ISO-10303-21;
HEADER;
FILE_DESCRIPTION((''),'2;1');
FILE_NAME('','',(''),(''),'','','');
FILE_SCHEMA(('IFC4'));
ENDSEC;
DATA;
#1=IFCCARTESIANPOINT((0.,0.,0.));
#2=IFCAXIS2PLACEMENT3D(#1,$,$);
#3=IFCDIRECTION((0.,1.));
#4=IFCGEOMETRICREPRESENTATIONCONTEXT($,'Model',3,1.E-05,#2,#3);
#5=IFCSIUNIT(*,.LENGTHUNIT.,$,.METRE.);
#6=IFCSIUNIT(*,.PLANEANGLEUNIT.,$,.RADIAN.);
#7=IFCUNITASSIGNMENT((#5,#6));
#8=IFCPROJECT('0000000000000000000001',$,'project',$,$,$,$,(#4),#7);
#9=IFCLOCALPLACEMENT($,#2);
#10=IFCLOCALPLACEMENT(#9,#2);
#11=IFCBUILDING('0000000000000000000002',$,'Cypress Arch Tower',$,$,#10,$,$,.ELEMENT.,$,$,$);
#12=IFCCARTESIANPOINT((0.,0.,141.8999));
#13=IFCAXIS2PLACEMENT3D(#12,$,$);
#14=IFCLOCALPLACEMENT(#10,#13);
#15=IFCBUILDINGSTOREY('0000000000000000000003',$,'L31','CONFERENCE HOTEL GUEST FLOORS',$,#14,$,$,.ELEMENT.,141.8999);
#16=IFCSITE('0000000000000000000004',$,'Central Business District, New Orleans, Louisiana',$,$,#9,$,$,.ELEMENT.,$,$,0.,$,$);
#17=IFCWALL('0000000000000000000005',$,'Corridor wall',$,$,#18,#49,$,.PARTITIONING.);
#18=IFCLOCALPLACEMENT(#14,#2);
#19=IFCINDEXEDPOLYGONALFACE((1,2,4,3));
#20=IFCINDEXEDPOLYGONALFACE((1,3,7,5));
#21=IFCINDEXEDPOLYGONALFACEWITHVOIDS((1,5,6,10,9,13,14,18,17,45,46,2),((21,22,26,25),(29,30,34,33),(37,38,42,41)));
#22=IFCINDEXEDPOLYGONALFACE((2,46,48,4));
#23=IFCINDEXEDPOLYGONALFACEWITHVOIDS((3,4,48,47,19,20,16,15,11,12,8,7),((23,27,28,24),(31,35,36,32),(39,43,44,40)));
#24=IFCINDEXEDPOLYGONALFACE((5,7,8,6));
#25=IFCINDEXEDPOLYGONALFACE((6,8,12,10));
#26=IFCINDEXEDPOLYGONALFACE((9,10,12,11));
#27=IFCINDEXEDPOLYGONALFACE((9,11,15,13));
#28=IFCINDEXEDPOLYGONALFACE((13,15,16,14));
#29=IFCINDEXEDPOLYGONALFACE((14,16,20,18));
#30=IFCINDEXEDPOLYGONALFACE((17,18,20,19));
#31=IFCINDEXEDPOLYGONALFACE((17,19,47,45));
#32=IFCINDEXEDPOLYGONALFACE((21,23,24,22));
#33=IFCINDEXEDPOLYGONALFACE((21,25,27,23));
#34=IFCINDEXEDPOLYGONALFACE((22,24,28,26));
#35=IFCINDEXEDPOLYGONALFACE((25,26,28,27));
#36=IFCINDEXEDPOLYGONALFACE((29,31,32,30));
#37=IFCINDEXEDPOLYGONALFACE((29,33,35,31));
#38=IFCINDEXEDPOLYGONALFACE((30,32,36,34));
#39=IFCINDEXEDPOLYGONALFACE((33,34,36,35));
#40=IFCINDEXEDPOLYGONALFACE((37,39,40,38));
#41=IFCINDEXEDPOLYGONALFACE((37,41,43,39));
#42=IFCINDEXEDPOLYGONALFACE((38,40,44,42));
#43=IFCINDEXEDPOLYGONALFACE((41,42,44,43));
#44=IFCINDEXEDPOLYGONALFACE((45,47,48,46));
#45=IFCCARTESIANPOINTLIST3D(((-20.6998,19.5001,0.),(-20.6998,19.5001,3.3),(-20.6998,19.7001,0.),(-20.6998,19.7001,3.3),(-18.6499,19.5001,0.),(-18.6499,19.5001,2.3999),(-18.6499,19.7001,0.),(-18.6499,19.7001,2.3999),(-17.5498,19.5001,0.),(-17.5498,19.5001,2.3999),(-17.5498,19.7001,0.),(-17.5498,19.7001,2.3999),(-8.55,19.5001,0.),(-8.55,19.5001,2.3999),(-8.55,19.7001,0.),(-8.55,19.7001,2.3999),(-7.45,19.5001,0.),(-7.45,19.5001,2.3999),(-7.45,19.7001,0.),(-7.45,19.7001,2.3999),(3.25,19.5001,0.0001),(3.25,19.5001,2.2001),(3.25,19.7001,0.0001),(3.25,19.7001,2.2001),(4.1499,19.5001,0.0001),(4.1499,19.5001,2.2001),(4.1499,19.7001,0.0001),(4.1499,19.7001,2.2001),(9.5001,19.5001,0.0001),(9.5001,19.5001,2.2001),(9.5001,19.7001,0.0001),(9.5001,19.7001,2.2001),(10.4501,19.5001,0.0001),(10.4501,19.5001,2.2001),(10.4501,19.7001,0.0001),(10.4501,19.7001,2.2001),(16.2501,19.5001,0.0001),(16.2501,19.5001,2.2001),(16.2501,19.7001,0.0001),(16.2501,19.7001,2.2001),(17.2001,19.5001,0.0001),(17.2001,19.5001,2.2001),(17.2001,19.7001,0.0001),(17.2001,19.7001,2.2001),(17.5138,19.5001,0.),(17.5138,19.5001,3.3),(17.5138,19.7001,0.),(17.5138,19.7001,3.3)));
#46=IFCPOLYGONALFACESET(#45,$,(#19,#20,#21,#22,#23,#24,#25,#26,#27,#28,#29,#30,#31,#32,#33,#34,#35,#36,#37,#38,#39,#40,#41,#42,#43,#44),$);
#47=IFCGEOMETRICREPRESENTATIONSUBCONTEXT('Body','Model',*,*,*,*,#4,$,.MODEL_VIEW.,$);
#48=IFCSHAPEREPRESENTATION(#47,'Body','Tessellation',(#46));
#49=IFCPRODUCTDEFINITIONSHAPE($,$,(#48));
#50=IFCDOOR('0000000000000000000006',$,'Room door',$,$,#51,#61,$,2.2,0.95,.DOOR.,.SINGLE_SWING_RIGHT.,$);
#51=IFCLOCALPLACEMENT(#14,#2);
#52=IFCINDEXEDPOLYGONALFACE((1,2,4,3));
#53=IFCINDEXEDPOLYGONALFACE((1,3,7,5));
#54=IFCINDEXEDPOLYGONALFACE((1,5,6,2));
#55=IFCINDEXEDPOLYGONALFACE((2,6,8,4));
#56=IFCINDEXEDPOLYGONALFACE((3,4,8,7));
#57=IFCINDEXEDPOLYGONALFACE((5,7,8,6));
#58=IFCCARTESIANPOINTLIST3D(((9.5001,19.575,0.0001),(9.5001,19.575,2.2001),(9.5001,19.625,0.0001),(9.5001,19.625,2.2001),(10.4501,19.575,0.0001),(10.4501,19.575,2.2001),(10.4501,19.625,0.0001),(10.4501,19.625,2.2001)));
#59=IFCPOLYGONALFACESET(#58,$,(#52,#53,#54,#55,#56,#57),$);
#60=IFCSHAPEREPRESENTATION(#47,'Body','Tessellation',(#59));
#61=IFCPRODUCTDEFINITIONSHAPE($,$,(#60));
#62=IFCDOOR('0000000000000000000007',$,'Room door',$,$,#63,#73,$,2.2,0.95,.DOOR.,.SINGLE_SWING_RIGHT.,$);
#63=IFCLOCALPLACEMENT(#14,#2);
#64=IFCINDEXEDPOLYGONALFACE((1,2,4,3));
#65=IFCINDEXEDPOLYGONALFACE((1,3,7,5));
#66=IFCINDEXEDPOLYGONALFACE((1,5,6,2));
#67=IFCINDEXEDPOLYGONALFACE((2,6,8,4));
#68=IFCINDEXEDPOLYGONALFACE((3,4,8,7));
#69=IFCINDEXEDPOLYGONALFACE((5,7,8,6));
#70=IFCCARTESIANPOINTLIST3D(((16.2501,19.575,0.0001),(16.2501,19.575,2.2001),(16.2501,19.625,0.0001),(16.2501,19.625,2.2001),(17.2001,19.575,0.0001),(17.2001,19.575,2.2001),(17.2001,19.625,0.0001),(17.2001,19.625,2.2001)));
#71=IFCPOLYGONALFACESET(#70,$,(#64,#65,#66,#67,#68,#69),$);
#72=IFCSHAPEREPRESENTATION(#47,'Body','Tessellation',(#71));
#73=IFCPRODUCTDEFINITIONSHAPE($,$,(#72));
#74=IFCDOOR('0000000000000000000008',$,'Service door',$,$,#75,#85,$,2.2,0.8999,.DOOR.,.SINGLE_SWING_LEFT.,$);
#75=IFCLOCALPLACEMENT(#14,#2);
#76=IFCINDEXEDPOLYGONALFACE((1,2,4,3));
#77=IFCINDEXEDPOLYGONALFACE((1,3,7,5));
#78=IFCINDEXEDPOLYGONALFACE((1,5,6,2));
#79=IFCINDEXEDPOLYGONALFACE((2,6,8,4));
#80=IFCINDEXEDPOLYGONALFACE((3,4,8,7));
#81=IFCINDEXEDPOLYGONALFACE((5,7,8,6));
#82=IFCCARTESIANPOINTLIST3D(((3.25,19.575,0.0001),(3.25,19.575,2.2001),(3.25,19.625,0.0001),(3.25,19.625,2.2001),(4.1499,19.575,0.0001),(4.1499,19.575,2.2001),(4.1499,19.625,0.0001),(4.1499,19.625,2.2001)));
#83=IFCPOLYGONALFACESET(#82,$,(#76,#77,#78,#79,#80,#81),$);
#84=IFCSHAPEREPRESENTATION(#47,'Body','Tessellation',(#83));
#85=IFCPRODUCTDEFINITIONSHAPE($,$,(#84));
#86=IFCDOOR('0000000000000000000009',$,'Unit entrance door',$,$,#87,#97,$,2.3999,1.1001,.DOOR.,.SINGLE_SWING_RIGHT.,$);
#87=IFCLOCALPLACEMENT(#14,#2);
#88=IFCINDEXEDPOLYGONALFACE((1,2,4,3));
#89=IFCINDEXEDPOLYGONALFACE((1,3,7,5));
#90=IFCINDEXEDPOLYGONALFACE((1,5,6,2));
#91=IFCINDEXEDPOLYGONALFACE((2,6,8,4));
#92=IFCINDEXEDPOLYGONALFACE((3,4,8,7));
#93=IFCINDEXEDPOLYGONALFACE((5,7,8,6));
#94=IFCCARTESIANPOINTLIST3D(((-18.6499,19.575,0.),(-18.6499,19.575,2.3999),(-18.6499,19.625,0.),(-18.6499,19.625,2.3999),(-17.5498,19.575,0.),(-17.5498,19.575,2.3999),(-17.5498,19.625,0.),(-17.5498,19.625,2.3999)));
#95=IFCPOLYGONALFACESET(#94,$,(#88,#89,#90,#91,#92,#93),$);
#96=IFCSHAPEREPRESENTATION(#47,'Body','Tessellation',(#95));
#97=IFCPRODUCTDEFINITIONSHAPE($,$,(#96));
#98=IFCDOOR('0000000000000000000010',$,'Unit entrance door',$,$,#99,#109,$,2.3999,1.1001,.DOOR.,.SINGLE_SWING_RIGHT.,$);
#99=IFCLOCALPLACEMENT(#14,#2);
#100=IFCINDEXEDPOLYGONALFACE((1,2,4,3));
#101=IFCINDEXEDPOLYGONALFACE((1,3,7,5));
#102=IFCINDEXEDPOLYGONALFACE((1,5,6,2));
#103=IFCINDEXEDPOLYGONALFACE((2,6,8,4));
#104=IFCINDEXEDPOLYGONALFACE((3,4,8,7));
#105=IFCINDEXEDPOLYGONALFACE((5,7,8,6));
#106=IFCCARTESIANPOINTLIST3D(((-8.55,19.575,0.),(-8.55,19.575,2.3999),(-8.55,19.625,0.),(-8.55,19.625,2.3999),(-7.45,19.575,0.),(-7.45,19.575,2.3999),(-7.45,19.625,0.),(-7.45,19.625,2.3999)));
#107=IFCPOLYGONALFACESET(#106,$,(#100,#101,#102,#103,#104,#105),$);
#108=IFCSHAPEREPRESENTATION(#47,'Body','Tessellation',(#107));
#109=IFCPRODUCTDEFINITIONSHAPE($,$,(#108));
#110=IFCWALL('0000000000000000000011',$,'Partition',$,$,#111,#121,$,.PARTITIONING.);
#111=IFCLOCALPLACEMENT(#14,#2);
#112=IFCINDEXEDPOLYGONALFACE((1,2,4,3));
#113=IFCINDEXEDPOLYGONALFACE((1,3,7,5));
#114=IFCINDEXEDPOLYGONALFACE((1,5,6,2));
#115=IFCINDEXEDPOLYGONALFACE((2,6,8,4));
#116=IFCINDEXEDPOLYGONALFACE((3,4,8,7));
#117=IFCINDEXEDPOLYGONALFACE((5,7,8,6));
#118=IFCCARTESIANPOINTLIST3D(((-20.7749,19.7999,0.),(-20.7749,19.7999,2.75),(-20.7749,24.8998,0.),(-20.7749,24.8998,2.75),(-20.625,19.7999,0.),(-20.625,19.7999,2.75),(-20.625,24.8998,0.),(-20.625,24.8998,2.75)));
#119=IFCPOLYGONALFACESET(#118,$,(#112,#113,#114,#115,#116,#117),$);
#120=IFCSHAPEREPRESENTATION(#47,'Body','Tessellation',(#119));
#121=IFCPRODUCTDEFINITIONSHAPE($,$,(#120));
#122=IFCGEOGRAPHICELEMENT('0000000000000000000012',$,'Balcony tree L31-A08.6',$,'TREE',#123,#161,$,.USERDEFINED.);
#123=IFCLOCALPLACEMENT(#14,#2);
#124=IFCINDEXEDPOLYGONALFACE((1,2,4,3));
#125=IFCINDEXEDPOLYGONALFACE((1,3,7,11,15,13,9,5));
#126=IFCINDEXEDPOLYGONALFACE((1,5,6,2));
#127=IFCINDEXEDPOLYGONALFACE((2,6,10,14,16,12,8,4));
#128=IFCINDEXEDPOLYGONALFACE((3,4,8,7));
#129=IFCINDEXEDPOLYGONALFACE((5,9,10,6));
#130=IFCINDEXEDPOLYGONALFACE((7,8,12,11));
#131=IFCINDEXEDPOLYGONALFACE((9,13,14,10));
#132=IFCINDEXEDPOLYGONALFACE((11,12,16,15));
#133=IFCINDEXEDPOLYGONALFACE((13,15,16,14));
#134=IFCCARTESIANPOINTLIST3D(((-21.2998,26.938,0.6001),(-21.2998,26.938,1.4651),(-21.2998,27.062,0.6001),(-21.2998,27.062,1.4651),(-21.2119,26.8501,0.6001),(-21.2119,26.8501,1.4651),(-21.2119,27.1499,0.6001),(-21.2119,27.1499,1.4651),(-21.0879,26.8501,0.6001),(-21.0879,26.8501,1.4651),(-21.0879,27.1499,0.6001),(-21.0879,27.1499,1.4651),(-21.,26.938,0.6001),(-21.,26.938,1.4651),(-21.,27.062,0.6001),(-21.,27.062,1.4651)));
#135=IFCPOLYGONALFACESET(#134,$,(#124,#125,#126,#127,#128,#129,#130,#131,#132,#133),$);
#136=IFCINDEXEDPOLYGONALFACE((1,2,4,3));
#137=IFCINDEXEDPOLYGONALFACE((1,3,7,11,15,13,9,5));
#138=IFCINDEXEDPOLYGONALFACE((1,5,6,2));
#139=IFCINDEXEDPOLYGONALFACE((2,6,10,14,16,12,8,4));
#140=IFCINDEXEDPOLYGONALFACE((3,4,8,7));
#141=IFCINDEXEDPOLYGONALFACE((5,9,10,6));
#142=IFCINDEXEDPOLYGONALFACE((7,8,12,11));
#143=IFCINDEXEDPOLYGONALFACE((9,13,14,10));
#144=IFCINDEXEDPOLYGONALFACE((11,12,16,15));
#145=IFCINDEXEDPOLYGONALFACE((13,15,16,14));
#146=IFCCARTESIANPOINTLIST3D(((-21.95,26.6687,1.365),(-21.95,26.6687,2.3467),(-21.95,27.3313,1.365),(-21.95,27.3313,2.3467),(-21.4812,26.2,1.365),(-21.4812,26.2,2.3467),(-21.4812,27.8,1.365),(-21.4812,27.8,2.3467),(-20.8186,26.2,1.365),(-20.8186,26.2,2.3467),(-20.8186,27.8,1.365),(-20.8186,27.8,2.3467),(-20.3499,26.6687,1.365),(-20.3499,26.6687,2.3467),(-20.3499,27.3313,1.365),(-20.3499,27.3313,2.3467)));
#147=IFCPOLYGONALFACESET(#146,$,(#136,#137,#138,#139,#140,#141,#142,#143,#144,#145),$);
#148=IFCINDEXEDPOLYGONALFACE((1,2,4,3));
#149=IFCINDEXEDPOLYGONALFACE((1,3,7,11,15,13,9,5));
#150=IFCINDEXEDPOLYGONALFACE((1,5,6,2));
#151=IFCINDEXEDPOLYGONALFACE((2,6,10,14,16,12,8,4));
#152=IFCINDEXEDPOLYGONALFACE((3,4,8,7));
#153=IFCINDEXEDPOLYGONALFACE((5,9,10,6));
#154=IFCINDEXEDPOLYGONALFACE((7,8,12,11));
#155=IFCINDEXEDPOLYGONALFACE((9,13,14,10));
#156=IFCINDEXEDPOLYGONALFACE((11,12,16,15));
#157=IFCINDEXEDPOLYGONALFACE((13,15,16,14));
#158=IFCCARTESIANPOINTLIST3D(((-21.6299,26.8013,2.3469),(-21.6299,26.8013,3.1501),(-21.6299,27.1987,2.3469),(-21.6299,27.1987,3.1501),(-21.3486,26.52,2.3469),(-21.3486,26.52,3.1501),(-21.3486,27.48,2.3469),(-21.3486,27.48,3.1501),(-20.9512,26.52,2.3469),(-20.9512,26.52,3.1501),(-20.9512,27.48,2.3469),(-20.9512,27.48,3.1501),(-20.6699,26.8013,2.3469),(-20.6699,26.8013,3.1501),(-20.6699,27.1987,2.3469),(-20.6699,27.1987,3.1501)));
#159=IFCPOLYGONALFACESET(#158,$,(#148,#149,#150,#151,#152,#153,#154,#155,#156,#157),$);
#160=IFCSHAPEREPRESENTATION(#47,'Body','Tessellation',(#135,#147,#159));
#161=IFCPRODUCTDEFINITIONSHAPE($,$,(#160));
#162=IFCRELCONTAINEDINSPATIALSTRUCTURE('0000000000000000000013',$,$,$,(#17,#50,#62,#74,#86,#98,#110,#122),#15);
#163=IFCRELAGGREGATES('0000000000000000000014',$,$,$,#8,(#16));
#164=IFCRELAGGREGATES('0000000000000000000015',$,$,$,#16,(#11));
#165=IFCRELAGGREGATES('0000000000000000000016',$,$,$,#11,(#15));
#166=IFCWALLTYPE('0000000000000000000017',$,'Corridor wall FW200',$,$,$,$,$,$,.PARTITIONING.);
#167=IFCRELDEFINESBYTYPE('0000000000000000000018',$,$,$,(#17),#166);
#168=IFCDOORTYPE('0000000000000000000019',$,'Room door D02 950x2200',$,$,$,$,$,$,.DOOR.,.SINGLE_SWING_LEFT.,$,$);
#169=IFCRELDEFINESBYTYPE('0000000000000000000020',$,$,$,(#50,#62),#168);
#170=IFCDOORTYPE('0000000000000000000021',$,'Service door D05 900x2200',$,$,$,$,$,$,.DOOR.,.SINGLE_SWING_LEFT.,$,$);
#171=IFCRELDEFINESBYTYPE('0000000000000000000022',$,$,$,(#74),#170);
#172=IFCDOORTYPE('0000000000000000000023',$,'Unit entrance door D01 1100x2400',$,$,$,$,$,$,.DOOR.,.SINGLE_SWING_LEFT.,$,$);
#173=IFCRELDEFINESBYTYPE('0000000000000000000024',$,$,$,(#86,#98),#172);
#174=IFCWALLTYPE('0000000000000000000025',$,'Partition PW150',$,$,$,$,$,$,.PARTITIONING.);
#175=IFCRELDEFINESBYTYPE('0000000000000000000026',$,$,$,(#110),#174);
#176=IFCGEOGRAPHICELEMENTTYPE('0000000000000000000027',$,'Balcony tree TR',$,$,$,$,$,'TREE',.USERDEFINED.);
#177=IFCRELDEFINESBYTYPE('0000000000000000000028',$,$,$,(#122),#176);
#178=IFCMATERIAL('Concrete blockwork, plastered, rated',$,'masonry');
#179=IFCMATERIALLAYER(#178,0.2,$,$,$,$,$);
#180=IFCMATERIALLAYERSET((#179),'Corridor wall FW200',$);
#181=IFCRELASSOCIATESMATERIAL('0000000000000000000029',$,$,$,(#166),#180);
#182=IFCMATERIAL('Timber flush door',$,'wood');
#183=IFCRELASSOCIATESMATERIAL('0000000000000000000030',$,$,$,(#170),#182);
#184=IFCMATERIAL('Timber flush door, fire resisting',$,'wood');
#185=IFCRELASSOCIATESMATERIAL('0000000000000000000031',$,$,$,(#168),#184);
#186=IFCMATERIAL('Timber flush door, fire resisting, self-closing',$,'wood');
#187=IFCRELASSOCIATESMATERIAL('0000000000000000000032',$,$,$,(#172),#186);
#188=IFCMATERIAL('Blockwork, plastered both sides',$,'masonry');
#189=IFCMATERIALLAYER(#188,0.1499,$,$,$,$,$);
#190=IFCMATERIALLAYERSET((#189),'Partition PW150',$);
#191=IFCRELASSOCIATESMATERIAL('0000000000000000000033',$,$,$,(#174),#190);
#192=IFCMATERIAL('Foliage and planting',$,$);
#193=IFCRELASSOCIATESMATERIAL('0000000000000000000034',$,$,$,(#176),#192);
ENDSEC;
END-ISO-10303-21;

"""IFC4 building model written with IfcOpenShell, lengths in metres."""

from ifc_helpers import new_model, si_unit, direction, frame, frame_2d, origin, place, context, subcontext, project, spatial, polyline, rectangle, outline, extrude, material, layer, layer_set, type_object, element, fill, save


model = new_model("IFC4")

# Units and contexts
model_context = context("Model", 3, precision=1e-05, world=origin(), true_north=direction((0.0, 1.0)))
body_context = subcontext(model_context, "Body", "Model", "MODEL_VIEW")
ifc_project = project(units=[si_unit("LENGTHUNIT", "METRE"), si_unit("PLANEANGLEUNIT", "RADIAN")], contexts=[model_context])

# Site, building, storey
site_placement = place(None, origin())
site = spatial("IfcSite", under=ifc_project, at=site_placement, Name="Central Business District, New Orleans, Louisiana", CompositionType="ELEMENT", RefElevation=0.0)
building_placement = place(site_placement, origin())
building = spatial("IfcBuilding", under=site, at=building_placement, Name="Cypress Arch Tower", CompositionType="ELEMENT")
storey_placement = place(building_placement, frame((0.0, 0.0, 141.8999)))
storey = spatial("IfcBuildingStorey", under=building, at=storey_placement, Name="L31", Description="CONFERENCE HOTEL GUEST FLOORS", CompositionType="ELEMENT", Elevation=141.8999)

# Shared definitions
ifc_material_1 = material(Name="Concrete blockwork, plastered, rated", Category="masonry")
ifc_layer_1 = layer(ifc_material_1, 0.2)
ifc_layer_set_1 = layer_set([ifc_layer_1], Name="Corridor wall FW200")
wall_type_1 = type_object("IfcWallType", Name="Corridor wall FW200", PredefinedType="PARTITIONING", material=ifc_layer_set_1)
ifc_material_2 = material(Name="Timber flush door", Category="wood")
door_type_1 = type_object("IfcDoorType", Name="Service door D05 900x2200", OperationType="SINGLE_SWING_LEFT", PredefinedType="DOOR", material=ifc_material_2)

# Wall, openings, doors
wall_1_placement = place(storey_placement, frame((-20.7, 19.6001, 0.0), z_axis=(0.0, 0.0, 1.0), x_axis=(1.0, 0.0, 0.0)))
wall_1 = element("IfcWall", 1, at=wall_1_placement, inside=storey, type_object=wall_type_1, Name="Corridor wall", PredefinedType="PARTITIONING", context=body_context, shape_type="SweptSolid", body=[
    extrude(rectangle(XDim=38.2136, YDim=0.2, at=frame_2d((19.1069, 0.0))), origin(), (0.0, 0.0, 1.0), 3.3),
])
opening_1_placement = place(wall_1_placement, frame((23.95, 0.0, 0.0)))
opening_1 = element("IfcOpeningElement", 2, at=opening_1_placement, cuts=wall_1, PredefinedType="OPENING", context=body_context, shape_type="SweptSolid", body=[
    extrude(rectangle(XDim=0.8999, YDim=2.2, at=frame_2d((0.45, 1.1001))), frame((0.0, 0.1099, 0.0), z_axis=(0.0, -1.0, 0.0), x_axis=(1.0, 0.0, 0.0)), (0.0, 0.0, 1.0), 0.22),
])
opening_2_placement = place(wall_1_placement, frame((2.05, 0.0, 0.0)))
opening_2 = element("IfcOpeningElement", 3, at=opening_2_placement, cuts=wall_1, PredefinedType="OPENING", context=body_context, shape_type="SweptSolid", body=[
    extrude(rectangle(XDim=1.1001, YDim=2.3999, at=frame_2d((0.55, 1.2))), frame((0.0, 0.1099, 0.0), z_axis=(0.0, -1.0, 0.0), x_axis=(1.0, 0.0, 0.0)), (0.0, 0.0, 1.0), 0.22),
])
opening_3_placement = place(wall_1_placement, frame((12.1499, 0.0, 0.0)))
opening_3 = element("IfcOpeningElement", 4, at=opening_3_placement, cuts=wall_1, PredefinedType="OPENING", context=body_context, shape_type="SweptSolid", body=[
    extrude(rectangle(XDim=1.1001, YDim=2.3999, at=frame_2d((0.55, 1.2))), frame((0.0, 0.1099, 0.0), z_axis=(0.0, -1.0, 0.0), x_axis=(1.0, 0.0, 0.0)), (0.0, 0.0, 1.0), 0.22),
])
opening_4_placement = place(wall_1_placement, frame((30.2, 0.0, 0.0)))
opening_4 = element("IfcOpeningElement", 5, at=opening_4_placement, cuts=wall_1, PredefinedType="OPENING", context=body_context, shape_type="SweptSolid", body=[
    extrude(rectangle(XDim=0.95, YDim=2.2, at=frame_2d((0.4751, 1.1001))), frame((0.0, 0.1099, 0.0), z_axis=(0.0, -1.0, 0.0), x_axis=(1.0, 0.0, 0.0)), (0.0, 0.0, 1.0), 0.22),
])
opening_5_placement = place(wall_1_placement, frame((36.95, 0.0, 0.0)))
opening_5 = element("IfcOpeningElement", 6, at=opening_5_placement, cuts=wall_1, PredefinedType="OPENING", context=body_context, shape_type="SweptSolid", body=[
    extrude(rectangle(XDim=0.95, YDim=2.2, at=frame_2d((0.4751, 1.1001))), frame((0.0, 0.1099, 0.0), z_axis=(0.0, -1.0, 0.0), x_axis=(1.0, 0.0, 0.0)), (0.0, 0.0, 1.0), 0.22),
])
ifc_material_3 = material(Name="Timber flush door, fire resisting", Category="wood")
door_type_2 = type_object("IfcDoorType", Name="Room door D02 950x2200", OperationType="SINGLE_SWING_LEFT", PredefinedType="DOOR", material=ifc_material_3)
door_1_placement = place(opening_4_placement, origin())
door_1 = element("IfcDoor", 7, at=door_1_placement, inside=storey, type_object=door_type_2, Name="Room door", OperationType="SINGLE_SWING_RIGHT", OverallHeight=2.2, OverallWidth=0.95, PredefinedType="DOOR", context=body_context, shape_type="SweptSolid", body=[
    extrude(rectangle(XDim=0.95, YDim=2.2, at=frame_2d((0.4751, 1.1001))), frame((0.0, 0.0249, 0.0), z_axis=(0.0, -1.0, 0.0), x_axis=(1.0, 0.0, 0.0)), (0.0, 0.0, 1.0), 0.05),
])
fill(opening_4, door_1)
door_2_placement = place(opening_5_placement, origin())
door_2 = element("IfcDoor", 8, at=door_2_placement, inside=storey, type_object=door_type_2, Name="Room door", OperationType="SINGLE_SWING_RIGHT", OverallHeight=2.2, OverallWidth=0.95, PredefinedType="DOOR", context=body_context, shape_type="SweptSolid", body=[
    extrude(rectangle(XDim=0.95, YDim=2.2, at=frame_2d((0.4751, 1.1001))), frame((0.0, 0.0249, 0.0), z_axis=(0.0, -1.0, 0.0), x_axis=(1.0, 0.0, 0.0)), (0.0, 0.0, 1.0), 0.05),
])
fill(opening_5, door_2)
door_3_placement = place(opening_1_placement, origin())
door_3 = element("IfcDoor", 9, at=door_3_placement, inside=storey, type_object=door_type_1, Name="Service door", OperationType="SINGLE_SWING_LEFT", OverallHeight=2.2, OverallWidth=0.8999, PredefinedType="DOOR", context=body_context, shape_type="SweptSolid", body=[
    extrude(rectangle(XDim=0.8999, YDim=2.2, at=frame_2d((0.45, 1.1001))), frame((0.0, 0.0249, 0.0), z_axis=(0.0, -1.0, 0.0), x_axis=(1.0, 0.0, 0.0)), (0.0, 0.0, 1.0), 0.05),
])
fill(opening_1, door_3)
ifc_material_4 = material(Name="Timber flush door, fire resisting, self-closing", Category="wood")
door_type_3 = type_object("IfcDoorType", Name="Unit entrance door D01 1100x2400", OperationType="SINGLE_SWING_LEFT", PredefinedType="DOOR", material=ifc_material_4)
door_4_placement = place(opening_2_placement, origin())
door_4 = element("IfcDoor", 10, at=door_4_placement, inside=storey, type_object=door_type_3, Name="Unit entrance door", OperationType="SINGLE_SWING_RIGHT", OverallHeight=2.3999, OverallWidth=1.1001, PredefinedType="DOOR", context=body_context, shape_type="SweptSolid", body=[
    extrude(rectangle(XDim=1.1001, YDim=2.3999, at=frame_2d((0.55, 1.2))), frame((0.0, 0.0249, 0.0), z_axis=(0.0, -1.0, 0.0), x_axis=(1.0, 0.0, 0.0)), (0.0, 0.0, 1.0), 0.05),
])
fill(opening_2, door_4)
door_5_placement = place(opening_3_placement, origin())
door_5 = element("IfcDoor", 11, at=door_5_placement, inside=storey, type_object=door_type_3, Name="Unit entrance door", OperationType="SINGLE_SWING_RIGHT", OverallHeight=2.3999, OverallWidth=1.1001, PredefinedType="DOOR", context=body_context, shape_type="SweptSolid", body=[
    extrude(rectangle(XDim=1.1001, YDim=2.3999, at=frame_2d((0.55, 1.2))), frame((0.0, 0.0249, 0.0), z_axis=(0.0, -1.0, 0.0), x_axis=(1.0, 0.0, 0.0)), (0.0, 0.0, 1.0), 0.05),
])
fill(opening_3, door_5)

# Wall
ifc_material_5 = material(Name="Blockwork, plastered both sides", Category="masonry")
ifc_layer_2 = layer(ifc_material_5, 0.1499)
ifc_layer_set_2 = layer_set([ifc_layer_2], Name="Partition PW150")
wall_type_2 = type_object("IfcWallType", Name="Partition PW150", PredefinedType="PARTITIONING", material=ifc_layer_set_2)
wall_2_placement = place(storey_placement, frame((-20.7, 19.8, 0.0), z_axis=(0.0, 0.0, 1.0), x_axis=(0.0, 1.0, 0.0)))
element("IfcWall", 12, at=wall_2_placement, inside=storey, type_object=wall_type_2, Name="Partition", PredefinedType="PARTITIONING", context=body_context, shape_type="SweptSolid", body=[
    extrude(rectangle(XDim=5.0999, YDim=0.1499, at=frame_2d((2.5498, 0.0))), origin(), (0.0, 0.0, 1.0), 2.75),
])

# Geographic element
ifc_material_6 = material(Name="Foliage and planting")
geographic_element_type = type_object("IfcGeographicElementType", Name="Balcony tree TR", ElementType="TREE", PredefinedType="USERDEFINED", material=ifc_material_6)
geographic_element_placement = place(storey_placement, frame((-21.1499, 27.0, 0.6001), z_axis=(0.0, 0.0, 1.0), x_axis=(1.0, 0.0, 0.0)))
element("IfcGeographicElement", 13, at=geographic_element_placement, inside=storey, type_object=geographic_element_type, Name="Balcony tree L31-A08.6", ObjectType="TREE", PredefinedType="USERDEFINED", context=body_context, shape_type="SweptSolid", body=[
    extrude(outline(polyline([(0.1499, 0.062), (0.062, 0.1499), (-0.062, 0.1499), (-0.1499, 0.062), (-0.1499, -0.062), (-0.062, -0.1499), (0.062, -0.1499), (0.1499, -0.062), (0.1499, 0.062)])), origin(), (0.0, 0.0, 1.0), 0.865),
    extrude(outline(polyline([(0.8, 0.3313), (0.3313, 0.8), (-0.3313, 0.8), (-0.8, 0.3313), (-0.8, -0.3313), (-0.3313, -0.8), (0.3313, -0.8), (0.8, -0.3313), (0.8, 0.3313)])), frame((0.0, 0.0, 0.7649)), (0.0, 0.0, 1.0), 0.9817),
    extrude(outline(polyline([(0.48, 0.1987), (0.1987, 0.48), (-0.1987, 0.48), (-0.48, 0.1987), (-0.48, -0.1987), (-0.1987, -0.48), (0.1987, -0.48), (0.48, -0.1987), (0.48, 0.1987)])), frame((0.0, 0.0, 1.7468)), (0.0, 0.0, 1.0), 0.8032),
])

save(model, "model.ifc")
